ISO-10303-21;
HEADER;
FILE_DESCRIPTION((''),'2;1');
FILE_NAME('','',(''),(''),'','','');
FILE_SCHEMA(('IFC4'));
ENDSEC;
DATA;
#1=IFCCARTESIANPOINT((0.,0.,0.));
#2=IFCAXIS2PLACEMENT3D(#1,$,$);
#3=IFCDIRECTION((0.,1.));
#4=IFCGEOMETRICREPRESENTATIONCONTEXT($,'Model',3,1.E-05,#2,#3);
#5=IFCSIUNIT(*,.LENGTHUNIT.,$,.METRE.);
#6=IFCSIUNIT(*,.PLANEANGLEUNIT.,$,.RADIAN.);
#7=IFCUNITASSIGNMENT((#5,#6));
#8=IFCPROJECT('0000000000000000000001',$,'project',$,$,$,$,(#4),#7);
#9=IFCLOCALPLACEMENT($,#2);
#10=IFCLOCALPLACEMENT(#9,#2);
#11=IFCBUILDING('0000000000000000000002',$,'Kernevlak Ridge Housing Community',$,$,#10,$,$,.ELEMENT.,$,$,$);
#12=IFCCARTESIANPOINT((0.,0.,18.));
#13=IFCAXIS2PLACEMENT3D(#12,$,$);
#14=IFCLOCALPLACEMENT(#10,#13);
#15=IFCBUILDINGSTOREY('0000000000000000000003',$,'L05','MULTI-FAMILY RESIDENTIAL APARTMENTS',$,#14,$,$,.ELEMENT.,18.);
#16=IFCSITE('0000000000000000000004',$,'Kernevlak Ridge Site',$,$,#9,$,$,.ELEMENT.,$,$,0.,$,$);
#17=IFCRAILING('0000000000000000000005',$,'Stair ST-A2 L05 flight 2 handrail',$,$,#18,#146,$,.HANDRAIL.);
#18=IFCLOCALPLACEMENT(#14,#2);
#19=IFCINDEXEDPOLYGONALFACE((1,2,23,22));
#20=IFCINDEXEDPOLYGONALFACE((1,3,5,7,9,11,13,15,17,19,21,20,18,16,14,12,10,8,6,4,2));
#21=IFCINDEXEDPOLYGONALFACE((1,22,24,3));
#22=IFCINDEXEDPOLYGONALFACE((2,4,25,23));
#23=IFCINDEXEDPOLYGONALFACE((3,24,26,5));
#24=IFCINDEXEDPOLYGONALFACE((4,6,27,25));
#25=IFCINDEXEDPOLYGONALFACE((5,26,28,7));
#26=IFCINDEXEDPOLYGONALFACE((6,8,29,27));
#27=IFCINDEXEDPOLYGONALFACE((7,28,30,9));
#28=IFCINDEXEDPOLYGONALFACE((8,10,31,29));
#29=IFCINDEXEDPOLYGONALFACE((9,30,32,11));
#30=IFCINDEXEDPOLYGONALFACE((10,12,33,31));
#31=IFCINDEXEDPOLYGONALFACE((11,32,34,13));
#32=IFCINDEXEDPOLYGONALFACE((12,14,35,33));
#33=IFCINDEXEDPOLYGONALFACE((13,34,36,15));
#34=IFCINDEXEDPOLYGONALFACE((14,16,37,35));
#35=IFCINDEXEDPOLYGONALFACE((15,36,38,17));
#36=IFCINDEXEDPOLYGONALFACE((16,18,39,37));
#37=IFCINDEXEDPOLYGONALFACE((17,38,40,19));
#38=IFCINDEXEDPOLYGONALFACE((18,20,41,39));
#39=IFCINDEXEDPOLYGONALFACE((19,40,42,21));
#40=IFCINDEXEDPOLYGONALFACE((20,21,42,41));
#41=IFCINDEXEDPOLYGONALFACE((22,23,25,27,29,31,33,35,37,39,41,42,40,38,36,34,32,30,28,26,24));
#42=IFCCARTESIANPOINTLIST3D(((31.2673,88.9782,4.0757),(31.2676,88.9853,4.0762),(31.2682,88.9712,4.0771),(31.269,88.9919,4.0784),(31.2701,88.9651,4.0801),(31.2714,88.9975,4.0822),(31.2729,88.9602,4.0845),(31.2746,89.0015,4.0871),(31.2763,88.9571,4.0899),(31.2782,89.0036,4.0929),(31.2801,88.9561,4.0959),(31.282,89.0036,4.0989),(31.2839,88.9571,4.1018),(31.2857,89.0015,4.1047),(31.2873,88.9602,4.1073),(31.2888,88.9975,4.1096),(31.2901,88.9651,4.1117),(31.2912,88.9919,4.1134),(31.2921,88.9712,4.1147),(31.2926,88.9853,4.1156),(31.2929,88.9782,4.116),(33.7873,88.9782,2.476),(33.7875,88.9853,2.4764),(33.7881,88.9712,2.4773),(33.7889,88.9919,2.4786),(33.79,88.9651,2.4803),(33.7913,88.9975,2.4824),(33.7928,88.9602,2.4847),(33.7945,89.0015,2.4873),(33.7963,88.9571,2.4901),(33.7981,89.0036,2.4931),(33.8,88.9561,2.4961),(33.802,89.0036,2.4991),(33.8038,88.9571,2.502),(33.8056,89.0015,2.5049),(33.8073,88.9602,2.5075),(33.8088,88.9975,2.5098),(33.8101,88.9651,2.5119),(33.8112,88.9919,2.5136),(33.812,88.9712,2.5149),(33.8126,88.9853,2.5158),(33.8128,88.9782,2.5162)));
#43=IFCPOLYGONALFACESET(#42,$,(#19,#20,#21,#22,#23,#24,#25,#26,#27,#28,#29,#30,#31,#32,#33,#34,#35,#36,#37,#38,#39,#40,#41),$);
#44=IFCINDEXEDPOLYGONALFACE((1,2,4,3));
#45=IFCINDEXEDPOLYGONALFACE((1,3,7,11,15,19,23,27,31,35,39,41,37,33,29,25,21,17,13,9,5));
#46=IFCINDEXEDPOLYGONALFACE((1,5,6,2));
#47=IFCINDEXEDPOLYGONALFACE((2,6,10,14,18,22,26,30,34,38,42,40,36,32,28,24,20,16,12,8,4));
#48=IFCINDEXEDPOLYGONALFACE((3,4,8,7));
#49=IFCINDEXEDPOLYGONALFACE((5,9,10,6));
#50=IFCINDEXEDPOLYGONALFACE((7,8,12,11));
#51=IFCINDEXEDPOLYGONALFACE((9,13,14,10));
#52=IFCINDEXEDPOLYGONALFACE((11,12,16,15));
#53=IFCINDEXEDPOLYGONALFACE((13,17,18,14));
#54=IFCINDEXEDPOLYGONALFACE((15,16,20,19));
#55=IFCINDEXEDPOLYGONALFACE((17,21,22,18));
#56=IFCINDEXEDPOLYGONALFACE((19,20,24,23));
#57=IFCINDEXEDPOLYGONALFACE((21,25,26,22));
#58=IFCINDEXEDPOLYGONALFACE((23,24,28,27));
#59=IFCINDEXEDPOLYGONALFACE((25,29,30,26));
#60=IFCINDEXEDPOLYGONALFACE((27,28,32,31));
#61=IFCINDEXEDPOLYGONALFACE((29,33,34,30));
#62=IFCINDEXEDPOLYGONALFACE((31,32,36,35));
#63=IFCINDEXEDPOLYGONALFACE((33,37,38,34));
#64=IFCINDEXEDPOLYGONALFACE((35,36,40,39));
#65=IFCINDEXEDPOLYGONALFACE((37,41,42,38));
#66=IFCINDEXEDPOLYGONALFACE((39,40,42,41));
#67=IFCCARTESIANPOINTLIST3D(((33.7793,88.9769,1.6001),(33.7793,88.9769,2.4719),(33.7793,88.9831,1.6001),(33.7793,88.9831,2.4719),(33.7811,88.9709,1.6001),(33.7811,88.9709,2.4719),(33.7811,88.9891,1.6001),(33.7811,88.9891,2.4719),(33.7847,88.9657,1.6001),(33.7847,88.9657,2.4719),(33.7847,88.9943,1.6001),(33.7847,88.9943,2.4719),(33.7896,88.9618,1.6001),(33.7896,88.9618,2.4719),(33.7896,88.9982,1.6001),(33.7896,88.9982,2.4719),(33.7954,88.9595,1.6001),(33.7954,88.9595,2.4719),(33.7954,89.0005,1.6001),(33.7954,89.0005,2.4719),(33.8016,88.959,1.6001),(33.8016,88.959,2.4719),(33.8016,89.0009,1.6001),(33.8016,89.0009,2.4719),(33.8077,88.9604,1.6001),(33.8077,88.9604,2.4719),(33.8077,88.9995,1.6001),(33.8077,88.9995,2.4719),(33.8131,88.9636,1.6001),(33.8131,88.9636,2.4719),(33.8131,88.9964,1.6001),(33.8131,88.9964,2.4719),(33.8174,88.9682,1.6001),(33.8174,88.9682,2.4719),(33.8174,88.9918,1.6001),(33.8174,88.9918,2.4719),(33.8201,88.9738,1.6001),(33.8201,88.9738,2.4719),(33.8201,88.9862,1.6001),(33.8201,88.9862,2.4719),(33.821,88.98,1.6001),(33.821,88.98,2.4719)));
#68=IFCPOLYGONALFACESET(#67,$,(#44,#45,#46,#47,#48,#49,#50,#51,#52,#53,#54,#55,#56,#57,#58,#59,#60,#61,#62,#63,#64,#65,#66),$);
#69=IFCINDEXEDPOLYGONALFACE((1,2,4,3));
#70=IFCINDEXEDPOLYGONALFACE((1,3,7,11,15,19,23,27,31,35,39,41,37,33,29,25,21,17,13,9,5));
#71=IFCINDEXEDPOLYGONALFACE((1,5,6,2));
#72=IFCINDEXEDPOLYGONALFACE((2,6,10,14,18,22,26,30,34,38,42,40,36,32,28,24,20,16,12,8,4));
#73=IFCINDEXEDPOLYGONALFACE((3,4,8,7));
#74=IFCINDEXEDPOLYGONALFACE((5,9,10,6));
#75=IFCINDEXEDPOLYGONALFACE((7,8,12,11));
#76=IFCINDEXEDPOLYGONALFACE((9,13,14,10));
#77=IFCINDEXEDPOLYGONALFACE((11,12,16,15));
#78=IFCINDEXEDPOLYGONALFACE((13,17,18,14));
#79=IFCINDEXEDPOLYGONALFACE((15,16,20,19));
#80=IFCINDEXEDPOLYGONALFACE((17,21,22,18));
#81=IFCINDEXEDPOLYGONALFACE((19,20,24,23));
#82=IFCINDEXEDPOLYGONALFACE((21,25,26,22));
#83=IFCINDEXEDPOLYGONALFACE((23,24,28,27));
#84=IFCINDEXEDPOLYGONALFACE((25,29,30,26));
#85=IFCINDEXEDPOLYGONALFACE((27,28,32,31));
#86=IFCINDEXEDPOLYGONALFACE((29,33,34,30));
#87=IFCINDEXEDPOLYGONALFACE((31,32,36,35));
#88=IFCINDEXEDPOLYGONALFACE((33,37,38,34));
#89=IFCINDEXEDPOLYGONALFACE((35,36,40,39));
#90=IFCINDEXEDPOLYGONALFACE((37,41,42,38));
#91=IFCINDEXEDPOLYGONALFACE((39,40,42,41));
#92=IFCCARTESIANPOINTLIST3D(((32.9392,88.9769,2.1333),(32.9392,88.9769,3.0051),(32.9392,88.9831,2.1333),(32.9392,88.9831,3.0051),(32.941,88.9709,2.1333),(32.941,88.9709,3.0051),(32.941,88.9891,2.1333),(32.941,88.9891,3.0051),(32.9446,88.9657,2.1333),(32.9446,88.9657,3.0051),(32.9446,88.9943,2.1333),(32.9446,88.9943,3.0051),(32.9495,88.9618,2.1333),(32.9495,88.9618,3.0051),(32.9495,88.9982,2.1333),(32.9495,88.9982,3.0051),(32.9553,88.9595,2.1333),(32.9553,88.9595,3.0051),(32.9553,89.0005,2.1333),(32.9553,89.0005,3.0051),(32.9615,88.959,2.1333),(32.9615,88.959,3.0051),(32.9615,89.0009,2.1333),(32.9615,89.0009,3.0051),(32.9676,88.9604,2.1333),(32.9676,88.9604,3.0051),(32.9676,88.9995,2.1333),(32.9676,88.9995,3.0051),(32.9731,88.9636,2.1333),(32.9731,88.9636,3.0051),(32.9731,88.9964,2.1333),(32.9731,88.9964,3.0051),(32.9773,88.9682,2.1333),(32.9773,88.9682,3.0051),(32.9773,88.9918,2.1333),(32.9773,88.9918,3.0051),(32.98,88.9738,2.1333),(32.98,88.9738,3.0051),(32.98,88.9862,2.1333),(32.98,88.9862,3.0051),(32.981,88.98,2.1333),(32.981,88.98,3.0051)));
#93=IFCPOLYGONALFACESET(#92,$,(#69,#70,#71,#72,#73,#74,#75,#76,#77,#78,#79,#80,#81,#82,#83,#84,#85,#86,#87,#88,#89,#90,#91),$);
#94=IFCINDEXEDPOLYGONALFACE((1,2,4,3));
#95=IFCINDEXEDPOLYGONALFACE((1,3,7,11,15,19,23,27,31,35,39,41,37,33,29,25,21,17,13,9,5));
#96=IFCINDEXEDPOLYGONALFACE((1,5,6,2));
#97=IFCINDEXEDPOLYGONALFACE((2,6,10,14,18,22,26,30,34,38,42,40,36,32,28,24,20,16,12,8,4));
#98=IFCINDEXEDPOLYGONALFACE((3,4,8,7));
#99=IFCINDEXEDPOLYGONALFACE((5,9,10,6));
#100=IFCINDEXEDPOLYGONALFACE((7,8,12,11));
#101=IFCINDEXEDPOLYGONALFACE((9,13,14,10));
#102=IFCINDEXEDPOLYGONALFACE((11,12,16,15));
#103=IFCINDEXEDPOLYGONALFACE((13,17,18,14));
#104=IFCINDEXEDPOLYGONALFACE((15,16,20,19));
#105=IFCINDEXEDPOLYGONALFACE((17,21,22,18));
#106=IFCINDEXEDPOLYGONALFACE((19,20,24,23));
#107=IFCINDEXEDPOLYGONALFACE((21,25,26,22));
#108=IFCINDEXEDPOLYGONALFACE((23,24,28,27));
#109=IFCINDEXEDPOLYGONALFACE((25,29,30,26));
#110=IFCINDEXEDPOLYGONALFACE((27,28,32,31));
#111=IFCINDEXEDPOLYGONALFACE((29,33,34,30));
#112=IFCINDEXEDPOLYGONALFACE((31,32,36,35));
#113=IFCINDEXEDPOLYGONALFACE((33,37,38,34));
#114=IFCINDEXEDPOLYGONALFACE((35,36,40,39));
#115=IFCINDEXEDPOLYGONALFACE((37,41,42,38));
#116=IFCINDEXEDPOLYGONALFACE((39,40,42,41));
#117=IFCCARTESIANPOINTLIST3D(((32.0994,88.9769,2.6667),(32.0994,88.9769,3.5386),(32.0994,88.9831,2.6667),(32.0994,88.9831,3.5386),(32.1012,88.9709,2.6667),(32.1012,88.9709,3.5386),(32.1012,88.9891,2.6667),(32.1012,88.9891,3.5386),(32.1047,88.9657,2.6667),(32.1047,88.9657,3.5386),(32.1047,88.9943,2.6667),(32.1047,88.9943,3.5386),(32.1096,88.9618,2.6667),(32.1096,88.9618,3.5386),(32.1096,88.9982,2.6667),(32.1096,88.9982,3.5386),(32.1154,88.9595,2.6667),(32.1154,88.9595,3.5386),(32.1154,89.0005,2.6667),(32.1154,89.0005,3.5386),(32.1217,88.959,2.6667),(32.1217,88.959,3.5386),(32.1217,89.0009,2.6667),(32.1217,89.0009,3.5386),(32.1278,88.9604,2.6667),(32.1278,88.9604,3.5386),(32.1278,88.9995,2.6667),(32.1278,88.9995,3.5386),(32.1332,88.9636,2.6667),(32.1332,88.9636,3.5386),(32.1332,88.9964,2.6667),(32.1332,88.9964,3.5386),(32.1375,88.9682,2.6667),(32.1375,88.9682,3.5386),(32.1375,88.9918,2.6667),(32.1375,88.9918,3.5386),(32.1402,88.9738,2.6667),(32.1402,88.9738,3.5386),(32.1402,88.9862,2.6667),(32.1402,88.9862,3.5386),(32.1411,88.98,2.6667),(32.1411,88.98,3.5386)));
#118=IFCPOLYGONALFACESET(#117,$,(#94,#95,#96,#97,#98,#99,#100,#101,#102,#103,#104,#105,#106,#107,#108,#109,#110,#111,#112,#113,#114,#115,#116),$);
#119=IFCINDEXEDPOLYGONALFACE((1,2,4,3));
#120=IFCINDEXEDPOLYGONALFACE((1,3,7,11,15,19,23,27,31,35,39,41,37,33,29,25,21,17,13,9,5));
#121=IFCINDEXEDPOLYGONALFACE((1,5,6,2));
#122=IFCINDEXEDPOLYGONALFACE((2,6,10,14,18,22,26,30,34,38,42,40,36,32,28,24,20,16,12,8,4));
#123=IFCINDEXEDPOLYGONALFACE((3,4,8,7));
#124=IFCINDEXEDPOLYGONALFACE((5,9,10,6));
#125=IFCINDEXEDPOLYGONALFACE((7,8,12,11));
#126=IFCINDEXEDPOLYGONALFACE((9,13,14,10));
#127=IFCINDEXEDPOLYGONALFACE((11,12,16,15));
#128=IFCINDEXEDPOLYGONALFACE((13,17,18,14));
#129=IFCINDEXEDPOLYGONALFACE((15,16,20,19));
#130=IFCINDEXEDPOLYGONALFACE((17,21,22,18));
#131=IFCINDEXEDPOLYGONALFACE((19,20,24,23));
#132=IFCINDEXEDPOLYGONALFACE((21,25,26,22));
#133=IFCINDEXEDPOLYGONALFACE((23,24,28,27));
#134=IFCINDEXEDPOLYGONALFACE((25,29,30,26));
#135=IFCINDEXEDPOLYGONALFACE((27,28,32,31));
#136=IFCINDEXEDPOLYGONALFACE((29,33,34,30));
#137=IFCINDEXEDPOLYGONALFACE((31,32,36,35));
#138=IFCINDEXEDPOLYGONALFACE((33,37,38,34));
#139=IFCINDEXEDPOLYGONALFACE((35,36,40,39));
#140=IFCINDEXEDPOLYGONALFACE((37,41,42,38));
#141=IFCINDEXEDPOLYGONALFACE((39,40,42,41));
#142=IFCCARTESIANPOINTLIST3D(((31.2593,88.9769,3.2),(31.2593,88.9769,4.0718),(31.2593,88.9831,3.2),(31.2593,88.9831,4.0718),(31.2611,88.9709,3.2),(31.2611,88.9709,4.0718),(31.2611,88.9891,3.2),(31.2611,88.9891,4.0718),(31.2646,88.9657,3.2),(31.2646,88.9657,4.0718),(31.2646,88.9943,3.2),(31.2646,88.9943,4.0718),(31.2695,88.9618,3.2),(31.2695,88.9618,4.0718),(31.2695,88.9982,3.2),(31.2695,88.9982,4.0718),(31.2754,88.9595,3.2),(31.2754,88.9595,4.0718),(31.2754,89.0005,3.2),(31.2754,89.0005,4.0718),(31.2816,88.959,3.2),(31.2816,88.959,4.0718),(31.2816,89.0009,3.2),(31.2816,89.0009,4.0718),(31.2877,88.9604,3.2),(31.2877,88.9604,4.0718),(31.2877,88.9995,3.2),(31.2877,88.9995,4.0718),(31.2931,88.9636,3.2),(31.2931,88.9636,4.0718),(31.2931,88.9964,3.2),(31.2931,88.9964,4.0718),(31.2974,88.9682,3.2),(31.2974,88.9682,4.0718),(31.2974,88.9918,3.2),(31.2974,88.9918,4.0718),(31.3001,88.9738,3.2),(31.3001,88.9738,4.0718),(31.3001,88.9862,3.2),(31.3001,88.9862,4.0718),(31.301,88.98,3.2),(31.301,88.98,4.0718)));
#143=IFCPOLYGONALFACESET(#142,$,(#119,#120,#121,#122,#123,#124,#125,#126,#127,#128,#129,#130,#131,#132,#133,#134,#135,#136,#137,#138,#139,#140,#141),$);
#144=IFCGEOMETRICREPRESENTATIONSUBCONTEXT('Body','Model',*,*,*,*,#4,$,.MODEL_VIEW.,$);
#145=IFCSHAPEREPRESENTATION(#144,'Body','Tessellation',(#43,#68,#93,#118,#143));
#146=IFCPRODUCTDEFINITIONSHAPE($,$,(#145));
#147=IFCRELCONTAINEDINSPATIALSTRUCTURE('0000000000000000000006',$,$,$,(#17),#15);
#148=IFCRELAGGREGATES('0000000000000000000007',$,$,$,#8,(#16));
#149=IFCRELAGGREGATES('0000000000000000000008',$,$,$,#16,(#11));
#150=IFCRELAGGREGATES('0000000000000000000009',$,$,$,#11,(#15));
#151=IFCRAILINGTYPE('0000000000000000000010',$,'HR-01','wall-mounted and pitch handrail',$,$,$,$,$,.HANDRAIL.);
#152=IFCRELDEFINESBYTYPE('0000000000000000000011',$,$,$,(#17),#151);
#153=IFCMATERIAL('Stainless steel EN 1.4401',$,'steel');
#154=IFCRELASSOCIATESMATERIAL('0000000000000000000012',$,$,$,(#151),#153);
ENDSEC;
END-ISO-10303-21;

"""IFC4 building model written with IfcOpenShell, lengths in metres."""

from ifc_helpers import new_model, si_unit, direction, frame, origin, origin_2d, place, context, subcontext, project, spatial, circle, extrude, material, type_object, element, save


model = new_model("IFC4")

# Units and contexts
model_context = context("Model", 3, precision=1e-05, world=origin(), true_north=direction((0.0, 1.0)))
body_context = subcontext(model_context, "Body", "Model", "MODEL_VIEW")
ifc_project = project(units=[si_unit("LENGTHUNIT", "METRE"), si_unit("PLANEANGLEUNIT", "RADIAN")], contexts=[model_context])

# Site, building, storey
site_placement = place(None, origin())
site = spatial("IfcSite", under=ifc_project, at=site_placement, Name="Kernevlak Ridge Site", CompositionType="ELEMENT", RefElevation=0.0)
building_placement = place(site_placement, origin())
building = spatial("IfcBuilding", under=site, at=building_placement, Name="Kernevlak Ridge Housing Community", CompositionType="ELEMENT")
storey_placement = place(building_placement, frame((0.0, 0.0, 18.0)))
storey = spatial("IfcBuildingStorey", under=building, at=storey_placement, Name="L05", Description="MULTI-FAMILY RESIDENTIAL APARTMENTS", CompositionType="ELEMENT", Elevation=18.0)

# Railing
ifc_material_1 = material(Name="Stainless steel EN 1.4401", Category="steel")
railing_type_1 = type_object("IfcRailingType", Name="HR-01", Description="wall-mounted and pitch handrail", PredefinedType="HANDRAIL", material=ifc_material_1)
railing_1_placement = place(storey_placement, frame((33.8, 88.98, 1.6001)))
element("IfcRailing", 1, at=railing_1_placement, inside=storey, type_object=railing_type_1, Name="Stair ST-A2 L05 flight 2 handrail", PredefinedType="HANDRAIL", context=body_context, shape_type="SweptSolid", body=[
    extrude(circle(Radius=0.0239, at=origin_2d()), frame((0.0, 0.0, 0.896), z_axis=(-0.844237, 0.0, 0.53597), x_axis=(0.0, -1.0, 0.0)), (0.0, 0.0, 1.0), 2.9849),
    extrude(circle(Radius=0.021, at=origin_2d()), origin(), (0.0, 0.0, 1.0), 0.8718),
    extrude(circle(Radius=0.021, at=origin_2d()), frame((-0.8401, 0.0, 0.5332)), (0.0, 0.0, 1.0), 0.8718),
    extrude(circle(Radius=0.021, at=origin_2d()), frame((-1.6799, 0.0, 1.0667)), (0.0, 0.0, 1.0), 0.8718),
    extrude(circle(Radius=0.021, at=origin_2d()), frame((-2.52, 0.0, 1.5999)), (0.0, 0.0, 1.0), 0.8718),
])

save(model, "model.ifc")
